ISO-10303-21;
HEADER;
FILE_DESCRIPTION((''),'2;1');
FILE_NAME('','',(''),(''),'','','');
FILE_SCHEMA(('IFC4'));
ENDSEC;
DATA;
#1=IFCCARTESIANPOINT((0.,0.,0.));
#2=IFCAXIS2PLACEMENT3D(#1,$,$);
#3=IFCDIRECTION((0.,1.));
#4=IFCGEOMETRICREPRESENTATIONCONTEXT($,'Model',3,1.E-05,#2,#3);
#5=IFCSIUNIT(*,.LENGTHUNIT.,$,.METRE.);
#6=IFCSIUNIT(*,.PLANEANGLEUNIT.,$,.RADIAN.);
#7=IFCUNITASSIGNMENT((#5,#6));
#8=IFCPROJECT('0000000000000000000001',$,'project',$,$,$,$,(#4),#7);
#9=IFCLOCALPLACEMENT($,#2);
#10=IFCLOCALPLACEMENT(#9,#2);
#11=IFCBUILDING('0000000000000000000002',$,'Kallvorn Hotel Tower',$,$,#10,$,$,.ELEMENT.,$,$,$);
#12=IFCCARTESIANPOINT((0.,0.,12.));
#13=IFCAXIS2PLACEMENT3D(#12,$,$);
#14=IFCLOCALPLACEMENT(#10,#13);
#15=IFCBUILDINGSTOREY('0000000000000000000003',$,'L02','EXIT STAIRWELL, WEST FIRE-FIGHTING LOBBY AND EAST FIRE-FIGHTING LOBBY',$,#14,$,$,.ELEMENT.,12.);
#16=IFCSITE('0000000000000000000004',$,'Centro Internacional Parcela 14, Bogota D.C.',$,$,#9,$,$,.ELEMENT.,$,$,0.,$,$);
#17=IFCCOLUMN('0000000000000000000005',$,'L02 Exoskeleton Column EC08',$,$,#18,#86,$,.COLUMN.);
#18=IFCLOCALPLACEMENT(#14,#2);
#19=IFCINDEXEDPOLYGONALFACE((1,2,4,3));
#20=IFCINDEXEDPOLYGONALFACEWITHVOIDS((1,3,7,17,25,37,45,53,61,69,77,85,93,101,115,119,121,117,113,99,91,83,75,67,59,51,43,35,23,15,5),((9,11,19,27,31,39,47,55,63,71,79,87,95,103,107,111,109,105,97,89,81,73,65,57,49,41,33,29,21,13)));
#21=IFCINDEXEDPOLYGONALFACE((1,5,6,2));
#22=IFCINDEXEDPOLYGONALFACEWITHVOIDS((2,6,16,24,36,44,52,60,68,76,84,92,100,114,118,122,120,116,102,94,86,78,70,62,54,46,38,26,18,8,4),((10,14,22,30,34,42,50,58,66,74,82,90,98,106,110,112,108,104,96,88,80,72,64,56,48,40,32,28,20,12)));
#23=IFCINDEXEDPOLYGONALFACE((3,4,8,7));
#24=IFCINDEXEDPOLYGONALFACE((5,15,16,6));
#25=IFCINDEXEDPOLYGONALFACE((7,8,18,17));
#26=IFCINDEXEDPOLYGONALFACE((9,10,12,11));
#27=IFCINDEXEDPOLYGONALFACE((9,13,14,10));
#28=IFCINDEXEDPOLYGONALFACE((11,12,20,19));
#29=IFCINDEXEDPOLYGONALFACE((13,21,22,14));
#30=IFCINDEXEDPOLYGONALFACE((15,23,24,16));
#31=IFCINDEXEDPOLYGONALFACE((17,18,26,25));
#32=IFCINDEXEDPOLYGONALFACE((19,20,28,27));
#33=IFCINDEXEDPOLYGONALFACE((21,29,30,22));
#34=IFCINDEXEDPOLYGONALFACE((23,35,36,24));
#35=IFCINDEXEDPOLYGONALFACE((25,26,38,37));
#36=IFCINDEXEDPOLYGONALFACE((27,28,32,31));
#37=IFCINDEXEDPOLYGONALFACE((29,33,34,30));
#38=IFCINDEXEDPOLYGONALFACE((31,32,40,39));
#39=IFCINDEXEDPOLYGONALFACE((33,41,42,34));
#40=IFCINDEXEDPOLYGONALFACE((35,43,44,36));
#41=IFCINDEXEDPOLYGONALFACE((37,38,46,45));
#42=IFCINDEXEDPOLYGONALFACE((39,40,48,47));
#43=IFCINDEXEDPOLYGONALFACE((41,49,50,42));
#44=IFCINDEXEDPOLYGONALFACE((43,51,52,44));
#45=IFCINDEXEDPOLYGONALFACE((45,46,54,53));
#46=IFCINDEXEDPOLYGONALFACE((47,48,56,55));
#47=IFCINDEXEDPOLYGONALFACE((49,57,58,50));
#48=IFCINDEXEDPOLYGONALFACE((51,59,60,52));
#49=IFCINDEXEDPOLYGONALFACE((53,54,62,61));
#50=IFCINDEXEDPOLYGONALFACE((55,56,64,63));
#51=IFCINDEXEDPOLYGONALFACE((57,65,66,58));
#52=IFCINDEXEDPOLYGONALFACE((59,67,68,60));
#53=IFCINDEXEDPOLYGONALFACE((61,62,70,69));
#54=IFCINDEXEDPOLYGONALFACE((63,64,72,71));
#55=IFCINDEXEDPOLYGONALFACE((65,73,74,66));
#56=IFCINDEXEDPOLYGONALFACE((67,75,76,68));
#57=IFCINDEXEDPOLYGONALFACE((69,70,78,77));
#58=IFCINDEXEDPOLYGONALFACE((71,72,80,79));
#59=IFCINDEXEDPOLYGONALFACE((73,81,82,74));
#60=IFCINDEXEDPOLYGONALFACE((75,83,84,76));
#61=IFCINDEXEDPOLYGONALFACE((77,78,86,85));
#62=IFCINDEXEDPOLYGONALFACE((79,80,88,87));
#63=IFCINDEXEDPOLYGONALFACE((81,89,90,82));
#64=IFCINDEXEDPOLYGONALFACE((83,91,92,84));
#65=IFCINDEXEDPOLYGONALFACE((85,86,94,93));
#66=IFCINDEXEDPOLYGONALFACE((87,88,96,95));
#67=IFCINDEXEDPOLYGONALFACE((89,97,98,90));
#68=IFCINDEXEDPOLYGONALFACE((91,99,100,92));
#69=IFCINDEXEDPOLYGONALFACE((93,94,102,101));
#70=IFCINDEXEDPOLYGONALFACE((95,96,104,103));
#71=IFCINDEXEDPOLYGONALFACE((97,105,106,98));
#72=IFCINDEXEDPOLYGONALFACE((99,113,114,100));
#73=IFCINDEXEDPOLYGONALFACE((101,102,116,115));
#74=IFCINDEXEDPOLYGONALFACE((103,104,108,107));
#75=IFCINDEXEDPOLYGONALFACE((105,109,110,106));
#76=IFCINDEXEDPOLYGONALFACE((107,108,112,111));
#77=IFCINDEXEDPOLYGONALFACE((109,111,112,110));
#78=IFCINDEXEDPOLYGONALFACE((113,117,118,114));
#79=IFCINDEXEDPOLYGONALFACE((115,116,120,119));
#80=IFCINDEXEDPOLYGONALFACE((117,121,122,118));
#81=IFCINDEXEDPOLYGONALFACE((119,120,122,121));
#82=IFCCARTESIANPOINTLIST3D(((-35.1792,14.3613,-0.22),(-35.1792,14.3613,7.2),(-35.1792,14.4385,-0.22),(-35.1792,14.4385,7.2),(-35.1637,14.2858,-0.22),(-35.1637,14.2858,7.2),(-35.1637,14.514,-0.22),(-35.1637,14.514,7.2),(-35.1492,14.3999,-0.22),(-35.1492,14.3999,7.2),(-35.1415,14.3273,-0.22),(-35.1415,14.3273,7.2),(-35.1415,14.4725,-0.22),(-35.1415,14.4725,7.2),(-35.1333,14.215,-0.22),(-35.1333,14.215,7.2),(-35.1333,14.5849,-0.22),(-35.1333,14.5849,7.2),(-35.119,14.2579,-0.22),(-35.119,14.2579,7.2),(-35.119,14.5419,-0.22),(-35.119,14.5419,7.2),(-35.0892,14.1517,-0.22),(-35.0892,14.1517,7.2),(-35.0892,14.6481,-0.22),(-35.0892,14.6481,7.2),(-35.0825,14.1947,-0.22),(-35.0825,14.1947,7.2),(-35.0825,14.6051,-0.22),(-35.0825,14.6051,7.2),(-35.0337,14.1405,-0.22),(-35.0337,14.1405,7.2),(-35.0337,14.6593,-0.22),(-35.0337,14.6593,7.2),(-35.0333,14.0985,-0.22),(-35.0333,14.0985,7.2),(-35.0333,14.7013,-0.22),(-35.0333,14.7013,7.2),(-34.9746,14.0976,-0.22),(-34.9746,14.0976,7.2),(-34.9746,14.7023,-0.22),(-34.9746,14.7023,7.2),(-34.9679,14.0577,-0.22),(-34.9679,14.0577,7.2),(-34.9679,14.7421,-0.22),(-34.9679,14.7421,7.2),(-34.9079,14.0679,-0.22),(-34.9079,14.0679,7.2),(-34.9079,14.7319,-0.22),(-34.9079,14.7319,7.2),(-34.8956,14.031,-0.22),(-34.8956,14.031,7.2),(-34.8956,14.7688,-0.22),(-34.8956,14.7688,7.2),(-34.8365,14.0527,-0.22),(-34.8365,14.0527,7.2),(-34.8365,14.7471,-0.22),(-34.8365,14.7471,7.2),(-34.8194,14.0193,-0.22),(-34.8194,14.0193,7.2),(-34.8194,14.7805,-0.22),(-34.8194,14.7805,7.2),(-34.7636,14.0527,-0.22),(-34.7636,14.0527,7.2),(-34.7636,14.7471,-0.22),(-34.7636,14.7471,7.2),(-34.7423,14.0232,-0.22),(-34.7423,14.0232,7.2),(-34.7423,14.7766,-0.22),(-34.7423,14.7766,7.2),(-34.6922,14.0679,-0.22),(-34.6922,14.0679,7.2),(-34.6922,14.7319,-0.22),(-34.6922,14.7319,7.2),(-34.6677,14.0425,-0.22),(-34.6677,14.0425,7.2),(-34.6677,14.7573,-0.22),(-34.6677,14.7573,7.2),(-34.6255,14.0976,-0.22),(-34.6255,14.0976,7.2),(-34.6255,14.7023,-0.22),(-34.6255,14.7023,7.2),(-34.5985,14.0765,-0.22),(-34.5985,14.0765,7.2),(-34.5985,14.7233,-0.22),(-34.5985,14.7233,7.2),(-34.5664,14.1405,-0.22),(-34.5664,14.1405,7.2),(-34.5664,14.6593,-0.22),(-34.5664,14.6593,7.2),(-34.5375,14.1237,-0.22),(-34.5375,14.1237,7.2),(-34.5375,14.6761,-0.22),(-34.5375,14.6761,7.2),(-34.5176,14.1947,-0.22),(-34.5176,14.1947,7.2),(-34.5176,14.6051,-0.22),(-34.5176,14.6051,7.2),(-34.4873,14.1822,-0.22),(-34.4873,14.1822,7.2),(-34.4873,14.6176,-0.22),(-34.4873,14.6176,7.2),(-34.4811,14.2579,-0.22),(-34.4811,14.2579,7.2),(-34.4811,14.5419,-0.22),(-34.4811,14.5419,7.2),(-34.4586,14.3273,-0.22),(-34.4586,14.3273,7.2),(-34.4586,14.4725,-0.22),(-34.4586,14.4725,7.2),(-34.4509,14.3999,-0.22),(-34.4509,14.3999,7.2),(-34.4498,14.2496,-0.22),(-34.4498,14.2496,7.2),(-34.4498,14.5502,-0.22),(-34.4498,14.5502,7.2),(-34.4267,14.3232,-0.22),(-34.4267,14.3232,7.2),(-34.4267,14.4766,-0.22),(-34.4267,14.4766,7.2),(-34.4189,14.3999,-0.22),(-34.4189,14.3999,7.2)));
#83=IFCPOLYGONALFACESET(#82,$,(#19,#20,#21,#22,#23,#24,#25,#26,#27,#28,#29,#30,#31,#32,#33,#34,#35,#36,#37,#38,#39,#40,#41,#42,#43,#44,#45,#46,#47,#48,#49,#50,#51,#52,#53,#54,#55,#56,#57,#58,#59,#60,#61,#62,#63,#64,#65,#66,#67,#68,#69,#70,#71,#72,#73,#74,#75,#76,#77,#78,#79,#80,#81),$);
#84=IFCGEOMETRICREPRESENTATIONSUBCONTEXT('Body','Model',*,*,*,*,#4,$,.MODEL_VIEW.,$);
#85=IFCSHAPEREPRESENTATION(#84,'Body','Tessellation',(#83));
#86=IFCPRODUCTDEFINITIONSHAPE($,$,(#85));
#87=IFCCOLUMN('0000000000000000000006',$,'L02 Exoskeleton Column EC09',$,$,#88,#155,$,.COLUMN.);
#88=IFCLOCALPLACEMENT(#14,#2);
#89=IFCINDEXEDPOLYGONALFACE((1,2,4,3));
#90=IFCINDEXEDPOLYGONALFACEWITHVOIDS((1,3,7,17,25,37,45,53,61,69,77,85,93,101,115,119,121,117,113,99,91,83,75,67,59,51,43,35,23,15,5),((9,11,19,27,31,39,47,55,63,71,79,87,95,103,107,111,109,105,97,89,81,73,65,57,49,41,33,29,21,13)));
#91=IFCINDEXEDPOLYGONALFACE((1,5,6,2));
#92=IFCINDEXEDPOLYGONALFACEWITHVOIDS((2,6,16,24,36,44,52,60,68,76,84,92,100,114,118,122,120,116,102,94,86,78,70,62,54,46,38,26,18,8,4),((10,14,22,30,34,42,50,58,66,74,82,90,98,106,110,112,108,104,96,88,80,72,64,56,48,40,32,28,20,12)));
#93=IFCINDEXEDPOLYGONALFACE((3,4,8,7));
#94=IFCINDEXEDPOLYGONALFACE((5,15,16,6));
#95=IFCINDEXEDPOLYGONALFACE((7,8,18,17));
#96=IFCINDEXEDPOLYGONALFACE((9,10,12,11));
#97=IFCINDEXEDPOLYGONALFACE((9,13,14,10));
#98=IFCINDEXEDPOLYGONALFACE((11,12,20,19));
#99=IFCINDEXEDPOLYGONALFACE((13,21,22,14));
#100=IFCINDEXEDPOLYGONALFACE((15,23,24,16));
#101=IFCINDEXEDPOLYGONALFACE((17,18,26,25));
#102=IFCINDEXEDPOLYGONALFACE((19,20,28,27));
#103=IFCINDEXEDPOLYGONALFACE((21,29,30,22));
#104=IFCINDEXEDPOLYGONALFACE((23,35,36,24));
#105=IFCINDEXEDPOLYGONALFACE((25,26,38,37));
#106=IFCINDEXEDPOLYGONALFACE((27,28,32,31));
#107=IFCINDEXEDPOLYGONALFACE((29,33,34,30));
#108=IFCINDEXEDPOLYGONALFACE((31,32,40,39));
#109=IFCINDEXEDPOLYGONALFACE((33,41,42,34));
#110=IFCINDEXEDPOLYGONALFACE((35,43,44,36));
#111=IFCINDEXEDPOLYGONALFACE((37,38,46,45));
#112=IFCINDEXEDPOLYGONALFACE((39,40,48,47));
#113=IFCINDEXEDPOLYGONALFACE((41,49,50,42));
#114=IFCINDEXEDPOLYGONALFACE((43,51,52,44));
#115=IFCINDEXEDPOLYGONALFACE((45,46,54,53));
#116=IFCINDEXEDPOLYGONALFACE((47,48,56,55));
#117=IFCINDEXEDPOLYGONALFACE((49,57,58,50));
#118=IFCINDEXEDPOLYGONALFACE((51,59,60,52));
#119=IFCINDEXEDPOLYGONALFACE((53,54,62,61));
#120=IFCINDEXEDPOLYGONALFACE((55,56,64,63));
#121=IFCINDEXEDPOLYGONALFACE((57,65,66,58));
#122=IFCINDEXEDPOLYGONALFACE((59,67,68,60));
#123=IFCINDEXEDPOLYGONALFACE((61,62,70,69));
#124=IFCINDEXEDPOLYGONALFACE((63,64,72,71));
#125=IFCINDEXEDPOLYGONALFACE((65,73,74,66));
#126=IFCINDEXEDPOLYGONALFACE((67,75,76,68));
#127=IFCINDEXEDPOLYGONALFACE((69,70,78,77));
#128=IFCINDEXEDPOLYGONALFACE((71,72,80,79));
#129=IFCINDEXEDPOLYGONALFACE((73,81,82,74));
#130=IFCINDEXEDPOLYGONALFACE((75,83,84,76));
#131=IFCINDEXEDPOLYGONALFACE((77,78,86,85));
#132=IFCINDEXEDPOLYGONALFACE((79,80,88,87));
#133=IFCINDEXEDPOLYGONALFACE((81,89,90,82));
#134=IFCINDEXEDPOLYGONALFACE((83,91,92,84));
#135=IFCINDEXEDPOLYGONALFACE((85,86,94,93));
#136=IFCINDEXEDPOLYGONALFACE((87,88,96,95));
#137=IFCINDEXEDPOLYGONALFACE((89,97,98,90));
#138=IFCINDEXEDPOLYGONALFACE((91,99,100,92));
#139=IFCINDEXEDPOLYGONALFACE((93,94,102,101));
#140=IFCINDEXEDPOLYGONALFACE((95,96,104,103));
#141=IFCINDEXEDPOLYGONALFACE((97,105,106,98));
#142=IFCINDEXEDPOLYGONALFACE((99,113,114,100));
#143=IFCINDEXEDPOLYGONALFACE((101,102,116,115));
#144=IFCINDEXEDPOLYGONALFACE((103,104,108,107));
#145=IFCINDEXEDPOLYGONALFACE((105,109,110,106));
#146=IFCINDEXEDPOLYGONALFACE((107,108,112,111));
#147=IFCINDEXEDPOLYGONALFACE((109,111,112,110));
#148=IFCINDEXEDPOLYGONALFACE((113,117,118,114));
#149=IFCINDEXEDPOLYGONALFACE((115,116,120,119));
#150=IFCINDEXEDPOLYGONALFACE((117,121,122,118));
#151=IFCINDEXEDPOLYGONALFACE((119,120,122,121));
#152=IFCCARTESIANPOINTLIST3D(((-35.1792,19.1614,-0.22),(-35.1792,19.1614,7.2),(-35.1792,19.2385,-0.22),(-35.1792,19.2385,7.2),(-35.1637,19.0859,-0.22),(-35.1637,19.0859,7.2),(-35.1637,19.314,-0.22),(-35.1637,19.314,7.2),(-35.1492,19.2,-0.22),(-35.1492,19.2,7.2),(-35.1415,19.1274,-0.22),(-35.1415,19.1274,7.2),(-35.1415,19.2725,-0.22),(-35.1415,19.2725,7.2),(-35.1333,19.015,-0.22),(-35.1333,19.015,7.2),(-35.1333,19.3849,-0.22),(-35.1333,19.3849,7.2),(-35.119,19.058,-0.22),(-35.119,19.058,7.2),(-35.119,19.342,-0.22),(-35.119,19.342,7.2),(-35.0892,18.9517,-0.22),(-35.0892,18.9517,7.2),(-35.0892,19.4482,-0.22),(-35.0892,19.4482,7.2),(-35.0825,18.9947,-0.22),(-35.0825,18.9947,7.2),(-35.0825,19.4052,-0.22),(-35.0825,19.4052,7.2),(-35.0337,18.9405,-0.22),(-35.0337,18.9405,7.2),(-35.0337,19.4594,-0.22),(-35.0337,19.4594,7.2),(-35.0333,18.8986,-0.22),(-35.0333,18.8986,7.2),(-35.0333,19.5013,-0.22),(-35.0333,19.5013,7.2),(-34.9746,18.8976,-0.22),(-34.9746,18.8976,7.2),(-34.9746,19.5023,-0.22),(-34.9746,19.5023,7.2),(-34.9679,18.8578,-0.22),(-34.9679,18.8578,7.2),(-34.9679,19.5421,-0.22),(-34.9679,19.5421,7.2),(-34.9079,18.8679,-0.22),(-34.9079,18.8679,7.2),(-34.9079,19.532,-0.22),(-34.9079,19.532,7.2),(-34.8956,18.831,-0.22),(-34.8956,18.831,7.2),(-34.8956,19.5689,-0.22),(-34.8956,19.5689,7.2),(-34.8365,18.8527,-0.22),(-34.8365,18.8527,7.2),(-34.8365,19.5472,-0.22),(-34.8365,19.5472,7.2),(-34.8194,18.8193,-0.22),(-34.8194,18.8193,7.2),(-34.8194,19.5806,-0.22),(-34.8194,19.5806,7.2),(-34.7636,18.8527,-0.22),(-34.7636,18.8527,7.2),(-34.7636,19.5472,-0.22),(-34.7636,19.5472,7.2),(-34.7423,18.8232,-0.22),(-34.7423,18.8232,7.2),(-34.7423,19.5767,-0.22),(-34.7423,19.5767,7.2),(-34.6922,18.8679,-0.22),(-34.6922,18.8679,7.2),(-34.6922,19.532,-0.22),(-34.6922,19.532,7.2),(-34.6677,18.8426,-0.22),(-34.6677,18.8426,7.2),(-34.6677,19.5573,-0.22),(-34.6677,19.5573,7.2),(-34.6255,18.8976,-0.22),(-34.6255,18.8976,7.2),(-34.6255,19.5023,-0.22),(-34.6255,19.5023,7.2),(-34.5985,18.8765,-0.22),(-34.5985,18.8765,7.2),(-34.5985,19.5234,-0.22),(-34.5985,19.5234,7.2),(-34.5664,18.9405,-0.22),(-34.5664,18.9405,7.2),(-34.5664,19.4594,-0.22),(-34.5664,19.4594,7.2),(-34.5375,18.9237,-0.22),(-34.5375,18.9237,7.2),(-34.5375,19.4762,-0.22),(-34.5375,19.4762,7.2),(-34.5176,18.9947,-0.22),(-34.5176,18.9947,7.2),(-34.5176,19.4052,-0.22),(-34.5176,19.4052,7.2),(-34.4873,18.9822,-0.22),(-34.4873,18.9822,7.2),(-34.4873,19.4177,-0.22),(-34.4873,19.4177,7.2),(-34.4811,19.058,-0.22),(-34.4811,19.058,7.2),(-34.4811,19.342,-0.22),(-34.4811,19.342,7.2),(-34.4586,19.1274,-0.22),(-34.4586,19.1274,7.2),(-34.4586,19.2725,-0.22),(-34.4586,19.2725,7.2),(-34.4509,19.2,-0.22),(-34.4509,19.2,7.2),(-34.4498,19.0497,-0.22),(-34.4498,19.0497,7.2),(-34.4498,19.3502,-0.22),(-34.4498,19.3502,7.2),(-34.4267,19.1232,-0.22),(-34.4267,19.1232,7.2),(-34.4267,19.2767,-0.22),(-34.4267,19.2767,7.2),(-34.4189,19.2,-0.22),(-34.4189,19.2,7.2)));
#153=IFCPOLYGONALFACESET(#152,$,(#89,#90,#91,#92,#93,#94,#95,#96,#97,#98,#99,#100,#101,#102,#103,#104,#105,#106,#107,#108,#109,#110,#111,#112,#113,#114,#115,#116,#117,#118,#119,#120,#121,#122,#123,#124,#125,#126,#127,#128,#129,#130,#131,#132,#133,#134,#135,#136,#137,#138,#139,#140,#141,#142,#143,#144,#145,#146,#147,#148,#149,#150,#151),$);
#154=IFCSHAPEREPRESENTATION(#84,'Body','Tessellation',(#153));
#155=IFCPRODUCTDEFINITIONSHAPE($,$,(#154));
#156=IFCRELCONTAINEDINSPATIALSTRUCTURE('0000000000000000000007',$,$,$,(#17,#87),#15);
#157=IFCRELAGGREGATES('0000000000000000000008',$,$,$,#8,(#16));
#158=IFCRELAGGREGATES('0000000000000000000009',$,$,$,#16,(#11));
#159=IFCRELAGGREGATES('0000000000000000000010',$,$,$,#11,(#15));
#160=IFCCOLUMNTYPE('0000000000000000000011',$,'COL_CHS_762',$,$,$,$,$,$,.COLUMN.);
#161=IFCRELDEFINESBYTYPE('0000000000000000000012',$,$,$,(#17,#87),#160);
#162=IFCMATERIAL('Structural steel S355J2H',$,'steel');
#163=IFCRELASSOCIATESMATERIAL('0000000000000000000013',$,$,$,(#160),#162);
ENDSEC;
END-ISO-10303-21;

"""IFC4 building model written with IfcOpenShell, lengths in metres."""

from ifc_helpers import new_model, si_unit, direction, frame, origin, origin_2d, place, context, subcontext, project, spatial, hollow_circle, extrude, material, material_profile, profile_set, type_object, element, save


model = new_model("IFC4")

# Units and contexts
model_context = context("Model", 3, precision=1e-05, world=origin(), true_north=direction((0.0, 1.0)))
body_context = subcontext(model_context, "Body", "Model", "MODEL_VIEW")
ifc_project = project(units=[si_unit("LENGTHUNIT", "METRE"), si_unit("PLANEANGLEUNIT", "RADIAN")], contexts=[model_context])

# Site, building, storey
site_placement = place(None, origin())
site = spatial("IfcSite", under=ifc_project, at=site_placement, Name="Centro Internacional Parcela 14, Bogota D.C.", CompositionType="ELEMENT", RefElevation=0.0)
building_placement = place(site_placement, origin())
building = spatial("IfcBuilding", under=site, at=building_placement, Name="Kallvorn Hotel Tower", CompositionType="ELEMENT")
storey_placement = place(building_placement, frame((0.0, 0.0, 12.0)))
storey = spatial("IfcBuildingStorey", under=building, at=storey_placement, Name="L02", Description="EXIT STAIRWELL, WEST FIRE-FIGHTING LOBBY AND EAST FIRE-FIGHTING LOBBY", CompositionType="ELEMENT", Elevation=12.0)

# Columns
ifc_material_1 = material(Name="Structural steel S355J2H", Category="steel")
ifc_material_profile_1 = material_profile(ifc_material_1, hollow_circle(Radius=0.3811, WallThickness=0.032, at=origin_2d()), Name="CHS 762x32")
ifc_profile_set_1 = profile_set([ifc_material_profile_1], Name="Structural steel S355J2H")
column_type_1 = type_object("IfcColumnType", Name="COL_CHS_762", PredefinedType="COLUMN", material=ifc_profile_set_1)
for number, where, z_axis, x_axis, name in (
    (1, (-34.8, 14.3999, -0.22), (0.0, 0.0, 1.0), (1.0, 0.0, 0.0), "L02 Exoskeleton Column EC08"),
    (2, (-34.8, 19.2, -0.22), (0.0, 0.0, 1.0), (1.0, 0.0, 0.0), "L02 Exoskeleton Column EC09"),
):
    element("IfcColumn", number, at=place(storey_placement, frame(where, z_axis=z_axis, x_axis=x_axis)), inside=storey, type_object=column_type_1, Name=name, PredefinedType="COLUMN", context=body_context, shape_type="SweptSolid", body=[
        extrude(hollow_circle(Radius=0.3811, WallThickness=0.032, at=origin_2d()), origin(), (0.0, 0.0, 1.0), 7.4199),
    ])

save(model, "model.ifc")
